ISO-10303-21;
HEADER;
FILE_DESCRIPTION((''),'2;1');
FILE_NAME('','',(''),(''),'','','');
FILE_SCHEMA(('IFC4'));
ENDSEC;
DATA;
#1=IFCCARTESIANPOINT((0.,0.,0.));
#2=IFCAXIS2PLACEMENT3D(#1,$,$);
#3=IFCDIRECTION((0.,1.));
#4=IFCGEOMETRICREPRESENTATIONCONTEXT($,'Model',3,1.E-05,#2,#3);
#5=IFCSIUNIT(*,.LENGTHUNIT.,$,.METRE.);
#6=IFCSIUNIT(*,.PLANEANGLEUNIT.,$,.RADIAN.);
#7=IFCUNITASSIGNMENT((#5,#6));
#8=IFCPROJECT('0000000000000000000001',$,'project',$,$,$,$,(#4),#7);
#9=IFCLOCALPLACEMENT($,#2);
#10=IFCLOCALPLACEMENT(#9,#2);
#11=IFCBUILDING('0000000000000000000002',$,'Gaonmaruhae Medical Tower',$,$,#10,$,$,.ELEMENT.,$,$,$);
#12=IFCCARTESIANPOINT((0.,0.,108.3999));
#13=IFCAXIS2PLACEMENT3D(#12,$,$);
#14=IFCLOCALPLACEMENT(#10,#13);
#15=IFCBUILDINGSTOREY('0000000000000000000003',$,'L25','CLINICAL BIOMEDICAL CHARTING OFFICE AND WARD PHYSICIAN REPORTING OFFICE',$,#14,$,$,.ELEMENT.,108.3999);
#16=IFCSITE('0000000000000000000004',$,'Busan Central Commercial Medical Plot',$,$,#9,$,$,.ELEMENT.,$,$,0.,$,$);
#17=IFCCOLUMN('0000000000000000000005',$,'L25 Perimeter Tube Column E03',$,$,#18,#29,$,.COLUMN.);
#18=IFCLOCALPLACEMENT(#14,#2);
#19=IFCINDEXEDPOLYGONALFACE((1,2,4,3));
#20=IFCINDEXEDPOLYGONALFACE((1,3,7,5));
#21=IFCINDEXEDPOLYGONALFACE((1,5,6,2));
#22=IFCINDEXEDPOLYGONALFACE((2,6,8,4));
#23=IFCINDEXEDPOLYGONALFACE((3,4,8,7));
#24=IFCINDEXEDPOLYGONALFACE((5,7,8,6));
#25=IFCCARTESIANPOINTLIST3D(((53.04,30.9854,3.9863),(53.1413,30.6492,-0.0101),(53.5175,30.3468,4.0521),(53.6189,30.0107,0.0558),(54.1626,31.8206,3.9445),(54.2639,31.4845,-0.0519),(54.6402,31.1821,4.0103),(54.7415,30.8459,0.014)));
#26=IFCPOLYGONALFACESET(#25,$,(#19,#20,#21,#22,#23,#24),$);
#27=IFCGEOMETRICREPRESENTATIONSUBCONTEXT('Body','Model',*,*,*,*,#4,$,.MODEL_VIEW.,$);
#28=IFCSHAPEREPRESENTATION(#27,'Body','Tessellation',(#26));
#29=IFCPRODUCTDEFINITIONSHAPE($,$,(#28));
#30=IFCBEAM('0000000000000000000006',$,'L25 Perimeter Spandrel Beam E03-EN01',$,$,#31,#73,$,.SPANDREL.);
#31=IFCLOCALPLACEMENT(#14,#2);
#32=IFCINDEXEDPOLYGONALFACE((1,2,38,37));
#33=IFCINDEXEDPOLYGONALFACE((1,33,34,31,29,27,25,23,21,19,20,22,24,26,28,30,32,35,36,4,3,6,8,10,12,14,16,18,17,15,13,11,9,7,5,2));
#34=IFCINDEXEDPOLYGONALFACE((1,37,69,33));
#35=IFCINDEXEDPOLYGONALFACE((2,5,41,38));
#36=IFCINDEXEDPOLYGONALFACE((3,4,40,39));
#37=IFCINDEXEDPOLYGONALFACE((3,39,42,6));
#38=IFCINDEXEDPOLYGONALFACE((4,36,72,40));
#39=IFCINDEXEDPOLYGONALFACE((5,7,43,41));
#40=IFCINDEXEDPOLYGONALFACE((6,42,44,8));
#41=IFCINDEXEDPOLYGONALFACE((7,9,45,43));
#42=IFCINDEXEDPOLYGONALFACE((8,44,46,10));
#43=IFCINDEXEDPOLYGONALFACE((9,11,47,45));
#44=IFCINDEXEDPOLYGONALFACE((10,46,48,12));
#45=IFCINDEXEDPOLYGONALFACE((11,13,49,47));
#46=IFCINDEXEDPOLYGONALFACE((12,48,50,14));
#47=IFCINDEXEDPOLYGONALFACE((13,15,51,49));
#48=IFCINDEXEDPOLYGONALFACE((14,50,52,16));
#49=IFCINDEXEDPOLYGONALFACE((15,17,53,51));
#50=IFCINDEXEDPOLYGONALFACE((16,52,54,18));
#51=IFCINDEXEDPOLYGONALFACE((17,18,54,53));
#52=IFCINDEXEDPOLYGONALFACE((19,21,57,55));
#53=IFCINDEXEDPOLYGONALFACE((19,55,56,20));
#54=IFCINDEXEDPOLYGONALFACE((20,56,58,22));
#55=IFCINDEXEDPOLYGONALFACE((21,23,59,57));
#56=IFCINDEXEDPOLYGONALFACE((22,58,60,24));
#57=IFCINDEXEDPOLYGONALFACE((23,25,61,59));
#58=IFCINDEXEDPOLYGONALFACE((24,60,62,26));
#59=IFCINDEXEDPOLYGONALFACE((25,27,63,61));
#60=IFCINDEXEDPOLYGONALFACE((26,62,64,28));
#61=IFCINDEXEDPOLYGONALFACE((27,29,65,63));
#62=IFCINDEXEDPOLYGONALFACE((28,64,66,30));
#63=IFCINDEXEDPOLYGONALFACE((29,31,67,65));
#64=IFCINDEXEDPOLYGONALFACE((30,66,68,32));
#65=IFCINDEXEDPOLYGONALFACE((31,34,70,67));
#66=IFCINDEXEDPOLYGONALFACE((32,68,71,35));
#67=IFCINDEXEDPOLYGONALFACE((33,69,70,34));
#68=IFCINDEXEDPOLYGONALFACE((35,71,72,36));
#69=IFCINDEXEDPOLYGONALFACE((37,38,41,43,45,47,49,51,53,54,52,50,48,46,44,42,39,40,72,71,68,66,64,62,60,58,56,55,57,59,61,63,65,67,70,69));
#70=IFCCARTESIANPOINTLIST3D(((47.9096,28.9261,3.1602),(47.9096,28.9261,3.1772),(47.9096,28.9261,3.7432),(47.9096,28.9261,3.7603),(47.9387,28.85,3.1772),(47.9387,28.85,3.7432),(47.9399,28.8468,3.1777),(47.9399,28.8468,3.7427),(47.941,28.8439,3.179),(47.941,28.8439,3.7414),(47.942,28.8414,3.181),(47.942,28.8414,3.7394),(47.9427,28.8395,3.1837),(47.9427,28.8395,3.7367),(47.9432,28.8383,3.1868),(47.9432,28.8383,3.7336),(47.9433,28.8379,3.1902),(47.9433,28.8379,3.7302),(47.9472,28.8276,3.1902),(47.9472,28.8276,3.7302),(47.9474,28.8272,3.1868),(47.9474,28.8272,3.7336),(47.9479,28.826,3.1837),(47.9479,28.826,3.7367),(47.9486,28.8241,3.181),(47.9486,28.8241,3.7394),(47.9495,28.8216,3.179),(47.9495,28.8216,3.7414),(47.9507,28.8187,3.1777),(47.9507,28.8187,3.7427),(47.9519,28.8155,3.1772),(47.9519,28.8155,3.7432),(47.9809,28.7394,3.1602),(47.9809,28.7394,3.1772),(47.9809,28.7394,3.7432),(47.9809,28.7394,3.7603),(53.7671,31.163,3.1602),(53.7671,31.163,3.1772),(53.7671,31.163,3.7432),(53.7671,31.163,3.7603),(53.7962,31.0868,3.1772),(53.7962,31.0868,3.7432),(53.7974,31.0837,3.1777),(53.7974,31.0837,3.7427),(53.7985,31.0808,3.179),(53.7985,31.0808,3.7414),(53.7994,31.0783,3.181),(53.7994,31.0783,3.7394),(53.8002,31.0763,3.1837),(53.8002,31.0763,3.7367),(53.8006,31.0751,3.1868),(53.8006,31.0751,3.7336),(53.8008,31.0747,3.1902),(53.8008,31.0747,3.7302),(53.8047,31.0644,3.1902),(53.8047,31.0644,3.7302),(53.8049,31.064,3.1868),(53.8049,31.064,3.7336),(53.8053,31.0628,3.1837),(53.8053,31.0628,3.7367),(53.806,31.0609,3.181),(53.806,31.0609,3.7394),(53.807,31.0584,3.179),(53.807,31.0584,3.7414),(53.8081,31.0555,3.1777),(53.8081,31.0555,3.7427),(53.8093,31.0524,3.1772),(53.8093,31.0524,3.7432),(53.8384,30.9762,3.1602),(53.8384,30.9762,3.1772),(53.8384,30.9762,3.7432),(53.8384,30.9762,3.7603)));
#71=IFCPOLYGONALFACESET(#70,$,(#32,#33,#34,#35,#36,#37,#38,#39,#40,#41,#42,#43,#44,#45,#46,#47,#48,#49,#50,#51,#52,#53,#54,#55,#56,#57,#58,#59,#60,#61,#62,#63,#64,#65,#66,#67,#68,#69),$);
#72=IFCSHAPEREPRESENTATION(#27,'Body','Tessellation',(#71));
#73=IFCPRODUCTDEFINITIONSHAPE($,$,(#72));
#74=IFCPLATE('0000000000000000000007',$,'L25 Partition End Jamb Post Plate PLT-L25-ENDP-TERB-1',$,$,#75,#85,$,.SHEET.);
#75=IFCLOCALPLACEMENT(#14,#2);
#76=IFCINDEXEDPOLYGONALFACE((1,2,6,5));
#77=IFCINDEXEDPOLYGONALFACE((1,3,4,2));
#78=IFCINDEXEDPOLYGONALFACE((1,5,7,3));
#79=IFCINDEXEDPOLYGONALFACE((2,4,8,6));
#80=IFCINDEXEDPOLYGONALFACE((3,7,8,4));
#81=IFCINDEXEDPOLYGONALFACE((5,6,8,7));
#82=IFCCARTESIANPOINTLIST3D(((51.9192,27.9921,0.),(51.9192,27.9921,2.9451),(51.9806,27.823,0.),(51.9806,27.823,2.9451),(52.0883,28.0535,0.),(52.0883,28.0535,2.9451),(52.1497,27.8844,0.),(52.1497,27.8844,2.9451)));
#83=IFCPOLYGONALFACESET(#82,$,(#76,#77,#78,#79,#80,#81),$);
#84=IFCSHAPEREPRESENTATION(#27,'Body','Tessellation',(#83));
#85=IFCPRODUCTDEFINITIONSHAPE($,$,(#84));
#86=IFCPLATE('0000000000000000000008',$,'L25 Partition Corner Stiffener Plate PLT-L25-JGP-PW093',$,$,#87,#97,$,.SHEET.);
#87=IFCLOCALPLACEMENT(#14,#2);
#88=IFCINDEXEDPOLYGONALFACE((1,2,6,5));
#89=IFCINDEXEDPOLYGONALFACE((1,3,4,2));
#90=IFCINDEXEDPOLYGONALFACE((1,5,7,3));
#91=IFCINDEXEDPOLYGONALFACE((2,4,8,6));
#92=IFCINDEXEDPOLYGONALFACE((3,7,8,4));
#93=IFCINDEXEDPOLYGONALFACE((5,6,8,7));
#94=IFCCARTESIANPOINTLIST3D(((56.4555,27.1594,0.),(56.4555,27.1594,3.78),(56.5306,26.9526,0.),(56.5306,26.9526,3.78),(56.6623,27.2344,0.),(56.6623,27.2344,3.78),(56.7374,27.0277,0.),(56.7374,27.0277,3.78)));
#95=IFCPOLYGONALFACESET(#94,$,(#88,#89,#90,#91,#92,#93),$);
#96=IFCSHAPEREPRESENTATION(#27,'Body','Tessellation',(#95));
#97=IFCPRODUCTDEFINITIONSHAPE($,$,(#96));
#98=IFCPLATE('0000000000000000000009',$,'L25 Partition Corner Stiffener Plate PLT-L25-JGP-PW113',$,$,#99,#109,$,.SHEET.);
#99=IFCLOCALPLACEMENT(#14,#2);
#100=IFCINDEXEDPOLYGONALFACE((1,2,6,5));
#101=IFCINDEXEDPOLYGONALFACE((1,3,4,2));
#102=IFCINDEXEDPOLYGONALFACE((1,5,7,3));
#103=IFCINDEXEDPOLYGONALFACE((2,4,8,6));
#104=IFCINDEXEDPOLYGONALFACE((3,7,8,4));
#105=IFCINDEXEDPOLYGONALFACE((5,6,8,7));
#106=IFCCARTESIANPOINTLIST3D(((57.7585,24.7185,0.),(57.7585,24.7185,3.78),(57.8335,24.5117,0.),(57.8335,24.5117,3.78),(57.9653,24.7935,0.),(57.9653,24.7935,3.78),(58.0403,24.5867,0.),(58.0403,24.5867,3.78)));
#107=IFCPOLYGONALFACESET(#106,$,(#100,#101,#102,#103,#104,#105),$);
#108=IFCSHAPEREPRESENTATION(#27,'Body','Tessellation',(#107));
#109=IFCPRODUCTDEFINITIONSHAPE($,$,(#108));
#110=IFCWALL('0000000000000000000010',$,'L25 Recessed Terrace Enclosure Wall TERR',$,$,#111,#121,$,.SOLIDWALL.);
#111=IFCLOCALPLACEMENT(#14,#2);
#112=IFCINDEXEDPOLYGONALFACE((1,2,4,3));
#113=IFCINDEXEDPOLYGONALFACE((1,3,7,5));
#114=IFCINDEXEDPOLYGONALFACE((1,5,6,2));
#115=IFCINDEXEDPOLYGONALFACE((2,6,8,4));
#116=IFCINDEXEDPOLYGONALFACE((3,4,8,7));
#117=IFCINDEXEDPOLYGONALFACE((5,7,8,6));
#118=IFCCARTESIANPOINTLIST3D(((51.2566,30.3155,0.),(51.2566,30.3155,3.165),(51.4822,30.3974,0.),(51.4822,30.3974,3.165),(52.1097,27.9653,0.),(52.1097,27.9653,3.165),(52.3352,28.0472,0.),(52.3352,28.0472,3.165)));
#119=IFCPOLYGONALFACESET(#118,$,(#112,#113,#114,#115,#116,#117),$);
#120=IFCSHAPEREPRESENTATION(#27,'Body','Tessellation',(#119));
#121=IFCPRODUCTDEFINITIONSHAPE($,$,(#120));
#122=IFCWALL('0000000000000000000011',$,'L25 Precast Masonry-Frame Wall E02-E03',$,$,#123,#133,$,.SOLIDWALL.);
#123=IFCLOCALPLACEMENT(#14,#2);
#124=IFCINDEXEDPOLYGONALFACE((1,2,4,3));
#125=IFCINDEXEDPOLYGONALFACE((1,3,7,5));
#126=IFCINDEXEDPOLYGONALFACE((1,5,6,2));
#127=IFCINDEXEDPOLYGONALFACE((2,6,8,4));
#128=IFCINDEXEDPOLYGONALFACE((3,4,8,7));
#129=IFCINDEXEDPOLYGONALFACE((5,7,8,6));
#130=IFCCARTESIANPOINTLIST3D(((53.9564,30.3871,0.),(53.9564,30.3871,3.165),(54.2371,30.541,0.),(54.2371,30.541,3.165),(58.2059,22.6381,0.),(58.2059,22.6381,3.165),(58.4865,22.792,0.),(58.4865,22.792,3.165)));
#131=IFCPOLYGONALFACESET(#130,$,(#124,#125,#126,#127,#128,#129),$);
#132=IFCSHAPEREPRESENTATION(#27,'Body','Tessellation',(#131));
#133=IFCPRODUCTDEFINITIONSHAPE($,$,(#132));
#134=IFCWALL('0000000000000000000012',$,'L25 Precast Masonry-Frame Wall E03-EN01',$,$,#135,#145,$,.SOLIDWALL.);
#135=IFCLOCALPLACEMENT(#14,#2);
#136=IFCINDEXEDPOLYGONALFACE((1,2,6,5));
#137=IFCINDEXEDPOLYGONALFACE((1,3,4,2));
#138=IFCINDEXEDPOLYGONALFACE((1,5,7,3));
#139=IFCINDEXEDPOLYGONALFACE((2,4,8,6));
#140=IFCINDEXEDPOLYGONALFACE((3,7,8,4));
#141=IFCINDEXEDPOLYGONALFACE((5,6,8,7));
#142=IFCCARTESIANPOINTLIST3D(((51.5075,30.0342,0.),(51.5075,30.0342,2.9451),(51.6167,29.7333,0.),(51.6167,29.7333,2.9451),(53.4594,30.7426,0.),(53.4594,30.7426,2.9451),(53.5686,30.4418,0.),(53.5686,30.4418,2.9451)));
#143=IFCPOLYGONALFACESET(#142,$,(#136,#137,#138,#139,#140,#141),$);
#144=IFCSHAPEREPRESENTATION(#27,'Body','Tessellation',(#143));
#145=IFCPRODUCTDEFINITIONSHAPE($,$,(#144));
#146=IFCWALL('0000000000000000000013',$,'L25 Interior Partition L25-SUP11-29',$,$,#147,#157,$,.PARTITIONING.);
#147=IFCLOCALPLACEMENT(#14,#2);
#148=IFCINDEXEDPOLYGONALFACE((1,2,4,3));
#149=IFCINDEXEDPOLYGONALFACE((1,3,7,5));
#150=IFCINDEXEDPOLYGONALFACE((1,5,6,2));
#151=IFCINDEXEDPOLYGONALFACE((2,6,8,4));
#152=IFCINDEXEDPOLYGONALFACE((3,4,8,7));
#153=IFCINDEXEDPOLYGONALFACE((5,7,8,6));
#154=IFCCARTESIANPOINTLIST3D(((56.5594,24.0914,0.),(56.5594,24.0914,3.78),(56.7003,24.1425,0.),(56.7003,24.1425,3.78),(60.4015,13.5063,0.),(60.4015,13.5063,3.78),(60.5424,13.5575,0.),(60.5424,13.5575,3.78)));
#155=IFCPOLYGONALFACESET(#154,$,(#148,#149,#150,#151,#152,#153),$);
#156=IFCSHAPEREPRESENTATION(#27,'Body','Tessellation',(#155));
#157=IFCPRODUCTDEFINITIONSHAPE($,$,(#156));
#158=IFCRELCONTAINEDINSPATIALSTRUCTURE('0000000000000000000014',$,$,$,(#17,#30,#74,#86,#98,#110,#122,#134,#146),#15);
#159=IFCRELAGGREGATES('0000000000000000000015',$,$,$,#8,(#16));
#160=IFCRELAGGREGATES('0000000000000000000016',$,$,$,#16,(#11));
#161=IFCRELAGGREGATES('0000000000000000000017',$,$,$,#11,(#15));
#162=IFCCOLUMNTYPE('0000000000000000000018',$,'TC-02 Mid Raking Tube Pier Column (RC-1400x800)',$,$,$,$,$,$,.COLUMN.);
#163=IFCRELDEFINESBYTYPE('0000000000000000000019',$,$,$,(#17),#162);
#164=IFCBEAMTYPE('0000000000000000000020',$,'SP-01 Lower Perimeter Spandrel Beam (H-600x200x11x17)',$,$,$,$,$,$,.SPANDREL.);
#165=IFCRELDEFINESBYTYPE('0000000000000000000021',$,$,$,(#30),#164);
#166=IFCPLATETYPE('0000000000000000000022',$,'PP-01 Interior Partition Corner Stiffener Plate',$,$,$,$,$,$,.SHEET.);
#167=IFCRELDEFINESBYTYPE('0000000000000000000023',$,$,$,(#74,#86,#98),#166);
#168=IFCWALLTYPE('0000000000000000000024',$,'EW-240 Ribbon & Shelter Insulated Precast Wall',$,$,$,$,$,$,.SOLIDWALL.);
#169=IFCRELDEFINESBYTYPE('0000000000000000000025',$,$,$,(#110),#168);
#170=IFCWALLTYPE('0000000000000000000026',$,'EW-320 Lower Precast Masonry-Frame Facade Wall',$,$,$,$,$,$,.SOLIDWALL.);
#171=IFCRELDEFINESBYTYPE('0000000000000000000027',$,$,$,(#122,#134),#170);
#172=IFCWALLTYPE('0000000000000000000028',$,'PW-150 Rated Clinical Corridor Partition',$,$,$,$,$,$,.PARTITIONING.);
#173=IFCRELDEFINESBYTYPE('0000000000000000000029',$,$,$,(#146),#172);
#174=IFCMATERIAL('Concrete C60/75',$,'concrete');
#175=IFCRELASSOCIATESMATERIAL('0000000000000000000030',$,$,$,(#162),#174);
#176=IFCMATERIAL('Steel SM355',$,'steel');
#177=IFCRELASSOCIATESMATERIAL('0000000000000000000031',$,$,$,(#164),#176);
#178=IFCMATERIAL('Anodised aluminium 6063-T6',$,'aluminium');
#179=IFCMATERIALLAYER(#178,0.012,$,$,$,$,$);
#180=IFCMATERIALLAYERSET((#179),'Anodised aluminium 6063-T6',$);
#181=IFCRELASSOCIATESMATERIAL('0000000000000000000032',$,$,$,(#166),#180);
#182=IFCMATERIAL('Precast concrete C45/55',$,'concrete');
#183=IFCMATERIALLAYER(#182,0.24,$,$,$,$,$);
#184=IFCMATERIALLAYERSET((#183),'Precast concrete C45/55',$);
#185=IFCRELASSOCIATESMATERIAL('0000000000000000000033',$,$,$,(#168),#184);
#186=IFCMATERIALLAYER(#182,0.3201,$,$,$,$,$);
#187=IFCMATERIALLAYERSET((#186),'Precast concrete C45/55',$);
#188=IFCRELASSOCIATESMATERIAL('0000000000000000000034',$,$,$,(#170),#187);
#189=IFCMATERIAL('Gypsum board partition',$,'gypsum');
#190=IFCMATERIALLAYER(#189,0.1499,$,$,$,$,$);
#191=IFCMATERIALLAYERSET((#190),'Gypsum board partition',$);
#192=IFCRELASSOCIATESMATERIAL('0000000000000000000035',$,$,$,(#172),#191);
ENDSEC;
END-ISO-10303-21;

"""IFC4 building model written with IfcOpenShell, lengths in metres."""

from ifc_helpers import new_model, si_unit, direction, frame, frame_2d, origin, origin_2d, place, context, subcontext, project, spatial, rectangle, i_section, extrude, material, layer, layer_set, material_profile, profile_set, type_object, element, save


model = new_model("IFC4")

# Units and contexts
model_context = context("Model", 3, precision=1e-05, world=origin(), true_north=direction((0.0, 1.0)))
body_context = subcontext(model_context, "Body", "Model", "MODEL_VIEW")
ifc_project = project(units=[si_unit("LENGTHUNIT", "METRE"), si_unit("PLANEANGLEUNIT", "RADIAN")], contexts=[model_context])

# Site, building, storey
site_placement = place(None, origin())
site = spatial("IfcSite", under=ifc_project, at=site_placement, Name="Busan Central Commercial Medical Plot", CompositionType="ELEMENT", RefElevation=0.0)
building_placement = place(site_placement, origin())
building = spatial("IfcBuilding", under=site, at=building_placement, Name="Gaonmaruhae Medical Tower", CompositionType="ELEMENT")
storey_placement = place(building_placement, frame((0.0, 0.0, 108.3999)))
storey = spatial("IfcBuildingStorey", under=building, at=storey_placement, Name="L25", Description="CLINICAL BIOMEDICAL CHARTING OFFICE AND WARD PHYSICIAN REPORTING OFFICE", CompositionType="ELEMENT", Elevation=108.3999)

# Column
ifc_material_1 = material(Name="Concrete C60/75", Category="concrete")
ifc_material_profile_1 = material_profile(ifc_material_1, rectangle(XDim=1.3999, YDim=0.8, at=origin_2d()), Name="RC-1400x800")
ifc_profile_set_1 = profile_set([ifc_material_profile_1], Name="Concrete C60/75")
column_type = type_object("IfcColumnType", Name="TC-02 Mid Raking Tube Pier Column (RC-1400x800)", PredefinedType="COLUMN", material=ifc_profile_set_1)
column_placement = place(storey_placement, frame((53.9414, 30.7476, 0.002), z_axis=(-0.025256, 0.0838, 0.996163), x_axis=(-0.801927, -0.596676, 0.029863)))
element("IfcColumn", 1, at=column_placement, inside=storey, type_object=column_type, Name="L25 Perimeter Tube Column E03", PredefinedType="COLUMN", context=body_context, shape_type="SweptSolid", body=[
    extrude(rectangle(XDim=1.3999, YDim=0.8, at=origin_2d()), origin(), (0.0, 0.0, 1.0), 4.0117),
])

# Beam
ifc_material_2 = material(Name="Steel SM355", Category="steel")
ifc_material_profile_2 = material_profile(ifc_material_2, i_section(OverallWidth=0.2, OverallDepth=0.6001, WebThickness=0.011, FlangeThickness=0.0171, FilletRadius=0.0129, at=origin_2d()), Name="H-600x200x11x17")
ifc_profile_set_2 = profile_set([ifc_material_profile_2], Name="Steel SM355")
beam_type = type_object("IfcBeamType", Name="SP-01 Lower Perimeter Spandrel Beam (H-600x200x11x17)", PredefinedType="SPANDREL", material=ifc_profile_set_2)
beam_placement = place(storey_placement, frame((53.8027, 31.0696, 3.4602), z_axis=(-0.9342, -0.35675, 0.0), x_axis=(0.35675, -0.9342, 0.0)))
element("IfcBeam", 2, at=beam_placement, inside=storey, type_object=beam_type, Name="L25 Perimeter Spandrel Beam E03-EN01", PredefinedType="SPANDREL", context=body_context, shape_type="SweptSolid", body=[
    extrude(i_section(OverallWidth=0.2, OverallDepth=0.6001, WebThickness=0.011, FlangeThickness=0.0171, FilletRadius=0.0129, at=origin_2d()), origin(), (0.0, 0.0, 1.0), 6.27),
])

# Plates
ifc_material_3 = material(Name="Anodised aluminium 6063-T6", Category="aluminium")
ifc_layer_1 = layer(ifc_material_3, 0.012)
ifc_layer_set_1 = layer_set([ifc_layer_1], Name="Anodised aluminium 6063-T6")
plate_type = type_object("IfcPlateType", Name="PP-01 Interior Partition Corner Stiffener Plate", PredefinedType="SHEET", material=ifc_layer_set_1)
plate_placement = place(storey_placement, frame((52.0344, 27.9382, 0.0), z_axis=(0.0, 0.0, 1.0), x_axis=(0.939991, 0.3412, 0.0)))
element("IfcPlate", 3, at=plate_placement, inside=storey, type_object=plate_type, Name="L25 Partition End Jamb Post Plate PLT-L25-ENDP-TERB-1", PredefinedType="SHEET", context=body_context, shape_type="SweptSolid", body=[
    extrude(rectangle(XDim=0.1799, YDim=0.1799, at=origin_2d()), origin(), (0.0, 0.0, 1.0), 2.9451),
])
for number, where, z_axis, x_axis, name in (
    (4, (56.5964, 27.0935, 0.0), (0.0, 0.0, 1.0), (-0.939961, -0.341282, 0.0), "L25 Partition Corner Stiffener Plate PLT-L25-JGP-PW093"),
    (5, (57.8994, 24.6526, 0.0), (0.0, 0.0, 1.0), (0.940044, 0.341052, 0.0), "L25 Partition Corner Stiffener Plate PLT-L25-JGP-PW113"),
):
    element("IfcPlate", number, at=place(storey_placement, frame(where, z_axis=z_axis, x_axis=x_axis)), inside=storey, type_object=plate_type, Name=name, PredefinedType="SHEET", context=body_context, shape_type="SweptSolid", body=[
        extrude(rectangle(XDim=0.22, YDim=0.22, at=origin_2d()), origin(), (0.0, 0.0, 1.0), 3.78),
    ])

# Walls
ifc_material_4 = material(Name="Precast concrete C45/55", Category="concrete")
ifc_layer_2 = layer(ifc_material_4, 0.24)
ifc_layer_set_2 = layer_set([ifc_layer_2], Name="Precast concrete C45/55")
wall_type_1 = type_object("IfcWallType", Name="EW-240 Ribbon & Shelter Insulated Precast Wall", PredefinedType="SOLIDWALL", material=ifc_layer_set_2)
wall_1_placement = place(storey_placement, frame((52.2224, 28.0063, 0.0), z_axis=(0.0, 0.0, 1.0), x_axis=(-0.341194, 0.939993, 0.0)))
element("IfcWall", 6, at=wall_1_placement, inside=storey, type_object=wall_type_1, Name="L25 Recessed Terrace Enclosure Wall TERR", PredefinedType="SOLIDWALL", context=body_context, shape_type="SweptSolid", body=[
    extrude(rectangle(XDim=2.5002, YDim=0.24, at=frame_2d((1.25, 0.0))), origin(), (0.0, 0.0, 1.0), 3.165),
])
ifc_layer_3 = layer(ifc_material_4, 0.3201)
ifc_layer_set_3 = layer_set([ifc_layer_3], Name="Precast concrete C45/55")
wall_type_2 = type_object("IfcWallType", Name="EW-320 Lower Precast Masonry-Frame Facade Wall", PredefinedType="SOLIDWALL", material=ifc_layer_set_3)
wall_2_placement = place(storey_placement, frame((54.0967, 30.4641, 0.0), z_axis=(0.0, 0.0, 1.0), x_axis=(0.480837, -0.87681, 0.0)))
element("IfcWall", 7, at=wall_2_placement, inside=storey, type_object=wall_type_2, Name="L25 Precast Masonry-Frame Wall E02-E03", PredefinedType="SOLIDWALL", context=body_context, shape_type="SweptSolid", body=[
    extrude(rectangle(XDim=8.8376, YDim=0.3201, at=frame_2d((4.4189, 0.0))), origin(), (0.0, 0.0, 1.0), 3.165),
])
wall_3_placement = place(storey_placement, frame((51.5623, 29.8838, 0.0), z_axis=(0.0, 0.0, 1.0), x_axis=(0.939992, 0.341195, 0.0)))
element("IfcWall", 8, at=wall_3_placement, inside=storey, type_object=wall_type_2, Name="L25 Precast Masonry-Frame Wall E03-EN01", PredefinedType="SOLIDWALL", context=body_context, shape_type="SweptSolid", body=[
    extrude(rectangle(XDim=2.0764, YDim=0.3201, at=frame_2d((1.0381, 0.0))), origin(), (0.0, 0.0, 1.0), 2.9451),
])

# Shared definitions
ifc_material_5 = material(Name="Gypsum board partition", Category="gypsum")
ifc_layer_4 = layer(ifc_material_5, 0.1499)
ifc_layer_set_4 = layer_set([ifc_layer_4], Name="Gypsum board partition")
wall_type_3 = type_object("IfcWallType", Name="PW-150 Rated Clinical Corridor Partition", PredefinedType="PARTITIONING", material=ifc_layer_set_4)

# Wall
wall_4_placement = place(storey_placement, frame((56.6299, 24.1169, 0.0), z_axis=(0.0, 0.0, 1.0), x_axis=(0.341191, -0.939994, 0.0)))
element("IfcWall", 9, at=wall_4_placement, inside=storey, type_object=wall_type_3, Name="L25 Interior Partition L25-SUP11-29", PredefinedType="PARTITIONING", context=body_context, shape_type="SweptSolid", body=[
    extrude(rectangle(XDim=11.2607, YDim=0.1499, at=frame_2d((5.6304, 0.0))), origin(), (0.0, 0.0, 1.0), 3.78),
])

save(model, "model.ifc")
